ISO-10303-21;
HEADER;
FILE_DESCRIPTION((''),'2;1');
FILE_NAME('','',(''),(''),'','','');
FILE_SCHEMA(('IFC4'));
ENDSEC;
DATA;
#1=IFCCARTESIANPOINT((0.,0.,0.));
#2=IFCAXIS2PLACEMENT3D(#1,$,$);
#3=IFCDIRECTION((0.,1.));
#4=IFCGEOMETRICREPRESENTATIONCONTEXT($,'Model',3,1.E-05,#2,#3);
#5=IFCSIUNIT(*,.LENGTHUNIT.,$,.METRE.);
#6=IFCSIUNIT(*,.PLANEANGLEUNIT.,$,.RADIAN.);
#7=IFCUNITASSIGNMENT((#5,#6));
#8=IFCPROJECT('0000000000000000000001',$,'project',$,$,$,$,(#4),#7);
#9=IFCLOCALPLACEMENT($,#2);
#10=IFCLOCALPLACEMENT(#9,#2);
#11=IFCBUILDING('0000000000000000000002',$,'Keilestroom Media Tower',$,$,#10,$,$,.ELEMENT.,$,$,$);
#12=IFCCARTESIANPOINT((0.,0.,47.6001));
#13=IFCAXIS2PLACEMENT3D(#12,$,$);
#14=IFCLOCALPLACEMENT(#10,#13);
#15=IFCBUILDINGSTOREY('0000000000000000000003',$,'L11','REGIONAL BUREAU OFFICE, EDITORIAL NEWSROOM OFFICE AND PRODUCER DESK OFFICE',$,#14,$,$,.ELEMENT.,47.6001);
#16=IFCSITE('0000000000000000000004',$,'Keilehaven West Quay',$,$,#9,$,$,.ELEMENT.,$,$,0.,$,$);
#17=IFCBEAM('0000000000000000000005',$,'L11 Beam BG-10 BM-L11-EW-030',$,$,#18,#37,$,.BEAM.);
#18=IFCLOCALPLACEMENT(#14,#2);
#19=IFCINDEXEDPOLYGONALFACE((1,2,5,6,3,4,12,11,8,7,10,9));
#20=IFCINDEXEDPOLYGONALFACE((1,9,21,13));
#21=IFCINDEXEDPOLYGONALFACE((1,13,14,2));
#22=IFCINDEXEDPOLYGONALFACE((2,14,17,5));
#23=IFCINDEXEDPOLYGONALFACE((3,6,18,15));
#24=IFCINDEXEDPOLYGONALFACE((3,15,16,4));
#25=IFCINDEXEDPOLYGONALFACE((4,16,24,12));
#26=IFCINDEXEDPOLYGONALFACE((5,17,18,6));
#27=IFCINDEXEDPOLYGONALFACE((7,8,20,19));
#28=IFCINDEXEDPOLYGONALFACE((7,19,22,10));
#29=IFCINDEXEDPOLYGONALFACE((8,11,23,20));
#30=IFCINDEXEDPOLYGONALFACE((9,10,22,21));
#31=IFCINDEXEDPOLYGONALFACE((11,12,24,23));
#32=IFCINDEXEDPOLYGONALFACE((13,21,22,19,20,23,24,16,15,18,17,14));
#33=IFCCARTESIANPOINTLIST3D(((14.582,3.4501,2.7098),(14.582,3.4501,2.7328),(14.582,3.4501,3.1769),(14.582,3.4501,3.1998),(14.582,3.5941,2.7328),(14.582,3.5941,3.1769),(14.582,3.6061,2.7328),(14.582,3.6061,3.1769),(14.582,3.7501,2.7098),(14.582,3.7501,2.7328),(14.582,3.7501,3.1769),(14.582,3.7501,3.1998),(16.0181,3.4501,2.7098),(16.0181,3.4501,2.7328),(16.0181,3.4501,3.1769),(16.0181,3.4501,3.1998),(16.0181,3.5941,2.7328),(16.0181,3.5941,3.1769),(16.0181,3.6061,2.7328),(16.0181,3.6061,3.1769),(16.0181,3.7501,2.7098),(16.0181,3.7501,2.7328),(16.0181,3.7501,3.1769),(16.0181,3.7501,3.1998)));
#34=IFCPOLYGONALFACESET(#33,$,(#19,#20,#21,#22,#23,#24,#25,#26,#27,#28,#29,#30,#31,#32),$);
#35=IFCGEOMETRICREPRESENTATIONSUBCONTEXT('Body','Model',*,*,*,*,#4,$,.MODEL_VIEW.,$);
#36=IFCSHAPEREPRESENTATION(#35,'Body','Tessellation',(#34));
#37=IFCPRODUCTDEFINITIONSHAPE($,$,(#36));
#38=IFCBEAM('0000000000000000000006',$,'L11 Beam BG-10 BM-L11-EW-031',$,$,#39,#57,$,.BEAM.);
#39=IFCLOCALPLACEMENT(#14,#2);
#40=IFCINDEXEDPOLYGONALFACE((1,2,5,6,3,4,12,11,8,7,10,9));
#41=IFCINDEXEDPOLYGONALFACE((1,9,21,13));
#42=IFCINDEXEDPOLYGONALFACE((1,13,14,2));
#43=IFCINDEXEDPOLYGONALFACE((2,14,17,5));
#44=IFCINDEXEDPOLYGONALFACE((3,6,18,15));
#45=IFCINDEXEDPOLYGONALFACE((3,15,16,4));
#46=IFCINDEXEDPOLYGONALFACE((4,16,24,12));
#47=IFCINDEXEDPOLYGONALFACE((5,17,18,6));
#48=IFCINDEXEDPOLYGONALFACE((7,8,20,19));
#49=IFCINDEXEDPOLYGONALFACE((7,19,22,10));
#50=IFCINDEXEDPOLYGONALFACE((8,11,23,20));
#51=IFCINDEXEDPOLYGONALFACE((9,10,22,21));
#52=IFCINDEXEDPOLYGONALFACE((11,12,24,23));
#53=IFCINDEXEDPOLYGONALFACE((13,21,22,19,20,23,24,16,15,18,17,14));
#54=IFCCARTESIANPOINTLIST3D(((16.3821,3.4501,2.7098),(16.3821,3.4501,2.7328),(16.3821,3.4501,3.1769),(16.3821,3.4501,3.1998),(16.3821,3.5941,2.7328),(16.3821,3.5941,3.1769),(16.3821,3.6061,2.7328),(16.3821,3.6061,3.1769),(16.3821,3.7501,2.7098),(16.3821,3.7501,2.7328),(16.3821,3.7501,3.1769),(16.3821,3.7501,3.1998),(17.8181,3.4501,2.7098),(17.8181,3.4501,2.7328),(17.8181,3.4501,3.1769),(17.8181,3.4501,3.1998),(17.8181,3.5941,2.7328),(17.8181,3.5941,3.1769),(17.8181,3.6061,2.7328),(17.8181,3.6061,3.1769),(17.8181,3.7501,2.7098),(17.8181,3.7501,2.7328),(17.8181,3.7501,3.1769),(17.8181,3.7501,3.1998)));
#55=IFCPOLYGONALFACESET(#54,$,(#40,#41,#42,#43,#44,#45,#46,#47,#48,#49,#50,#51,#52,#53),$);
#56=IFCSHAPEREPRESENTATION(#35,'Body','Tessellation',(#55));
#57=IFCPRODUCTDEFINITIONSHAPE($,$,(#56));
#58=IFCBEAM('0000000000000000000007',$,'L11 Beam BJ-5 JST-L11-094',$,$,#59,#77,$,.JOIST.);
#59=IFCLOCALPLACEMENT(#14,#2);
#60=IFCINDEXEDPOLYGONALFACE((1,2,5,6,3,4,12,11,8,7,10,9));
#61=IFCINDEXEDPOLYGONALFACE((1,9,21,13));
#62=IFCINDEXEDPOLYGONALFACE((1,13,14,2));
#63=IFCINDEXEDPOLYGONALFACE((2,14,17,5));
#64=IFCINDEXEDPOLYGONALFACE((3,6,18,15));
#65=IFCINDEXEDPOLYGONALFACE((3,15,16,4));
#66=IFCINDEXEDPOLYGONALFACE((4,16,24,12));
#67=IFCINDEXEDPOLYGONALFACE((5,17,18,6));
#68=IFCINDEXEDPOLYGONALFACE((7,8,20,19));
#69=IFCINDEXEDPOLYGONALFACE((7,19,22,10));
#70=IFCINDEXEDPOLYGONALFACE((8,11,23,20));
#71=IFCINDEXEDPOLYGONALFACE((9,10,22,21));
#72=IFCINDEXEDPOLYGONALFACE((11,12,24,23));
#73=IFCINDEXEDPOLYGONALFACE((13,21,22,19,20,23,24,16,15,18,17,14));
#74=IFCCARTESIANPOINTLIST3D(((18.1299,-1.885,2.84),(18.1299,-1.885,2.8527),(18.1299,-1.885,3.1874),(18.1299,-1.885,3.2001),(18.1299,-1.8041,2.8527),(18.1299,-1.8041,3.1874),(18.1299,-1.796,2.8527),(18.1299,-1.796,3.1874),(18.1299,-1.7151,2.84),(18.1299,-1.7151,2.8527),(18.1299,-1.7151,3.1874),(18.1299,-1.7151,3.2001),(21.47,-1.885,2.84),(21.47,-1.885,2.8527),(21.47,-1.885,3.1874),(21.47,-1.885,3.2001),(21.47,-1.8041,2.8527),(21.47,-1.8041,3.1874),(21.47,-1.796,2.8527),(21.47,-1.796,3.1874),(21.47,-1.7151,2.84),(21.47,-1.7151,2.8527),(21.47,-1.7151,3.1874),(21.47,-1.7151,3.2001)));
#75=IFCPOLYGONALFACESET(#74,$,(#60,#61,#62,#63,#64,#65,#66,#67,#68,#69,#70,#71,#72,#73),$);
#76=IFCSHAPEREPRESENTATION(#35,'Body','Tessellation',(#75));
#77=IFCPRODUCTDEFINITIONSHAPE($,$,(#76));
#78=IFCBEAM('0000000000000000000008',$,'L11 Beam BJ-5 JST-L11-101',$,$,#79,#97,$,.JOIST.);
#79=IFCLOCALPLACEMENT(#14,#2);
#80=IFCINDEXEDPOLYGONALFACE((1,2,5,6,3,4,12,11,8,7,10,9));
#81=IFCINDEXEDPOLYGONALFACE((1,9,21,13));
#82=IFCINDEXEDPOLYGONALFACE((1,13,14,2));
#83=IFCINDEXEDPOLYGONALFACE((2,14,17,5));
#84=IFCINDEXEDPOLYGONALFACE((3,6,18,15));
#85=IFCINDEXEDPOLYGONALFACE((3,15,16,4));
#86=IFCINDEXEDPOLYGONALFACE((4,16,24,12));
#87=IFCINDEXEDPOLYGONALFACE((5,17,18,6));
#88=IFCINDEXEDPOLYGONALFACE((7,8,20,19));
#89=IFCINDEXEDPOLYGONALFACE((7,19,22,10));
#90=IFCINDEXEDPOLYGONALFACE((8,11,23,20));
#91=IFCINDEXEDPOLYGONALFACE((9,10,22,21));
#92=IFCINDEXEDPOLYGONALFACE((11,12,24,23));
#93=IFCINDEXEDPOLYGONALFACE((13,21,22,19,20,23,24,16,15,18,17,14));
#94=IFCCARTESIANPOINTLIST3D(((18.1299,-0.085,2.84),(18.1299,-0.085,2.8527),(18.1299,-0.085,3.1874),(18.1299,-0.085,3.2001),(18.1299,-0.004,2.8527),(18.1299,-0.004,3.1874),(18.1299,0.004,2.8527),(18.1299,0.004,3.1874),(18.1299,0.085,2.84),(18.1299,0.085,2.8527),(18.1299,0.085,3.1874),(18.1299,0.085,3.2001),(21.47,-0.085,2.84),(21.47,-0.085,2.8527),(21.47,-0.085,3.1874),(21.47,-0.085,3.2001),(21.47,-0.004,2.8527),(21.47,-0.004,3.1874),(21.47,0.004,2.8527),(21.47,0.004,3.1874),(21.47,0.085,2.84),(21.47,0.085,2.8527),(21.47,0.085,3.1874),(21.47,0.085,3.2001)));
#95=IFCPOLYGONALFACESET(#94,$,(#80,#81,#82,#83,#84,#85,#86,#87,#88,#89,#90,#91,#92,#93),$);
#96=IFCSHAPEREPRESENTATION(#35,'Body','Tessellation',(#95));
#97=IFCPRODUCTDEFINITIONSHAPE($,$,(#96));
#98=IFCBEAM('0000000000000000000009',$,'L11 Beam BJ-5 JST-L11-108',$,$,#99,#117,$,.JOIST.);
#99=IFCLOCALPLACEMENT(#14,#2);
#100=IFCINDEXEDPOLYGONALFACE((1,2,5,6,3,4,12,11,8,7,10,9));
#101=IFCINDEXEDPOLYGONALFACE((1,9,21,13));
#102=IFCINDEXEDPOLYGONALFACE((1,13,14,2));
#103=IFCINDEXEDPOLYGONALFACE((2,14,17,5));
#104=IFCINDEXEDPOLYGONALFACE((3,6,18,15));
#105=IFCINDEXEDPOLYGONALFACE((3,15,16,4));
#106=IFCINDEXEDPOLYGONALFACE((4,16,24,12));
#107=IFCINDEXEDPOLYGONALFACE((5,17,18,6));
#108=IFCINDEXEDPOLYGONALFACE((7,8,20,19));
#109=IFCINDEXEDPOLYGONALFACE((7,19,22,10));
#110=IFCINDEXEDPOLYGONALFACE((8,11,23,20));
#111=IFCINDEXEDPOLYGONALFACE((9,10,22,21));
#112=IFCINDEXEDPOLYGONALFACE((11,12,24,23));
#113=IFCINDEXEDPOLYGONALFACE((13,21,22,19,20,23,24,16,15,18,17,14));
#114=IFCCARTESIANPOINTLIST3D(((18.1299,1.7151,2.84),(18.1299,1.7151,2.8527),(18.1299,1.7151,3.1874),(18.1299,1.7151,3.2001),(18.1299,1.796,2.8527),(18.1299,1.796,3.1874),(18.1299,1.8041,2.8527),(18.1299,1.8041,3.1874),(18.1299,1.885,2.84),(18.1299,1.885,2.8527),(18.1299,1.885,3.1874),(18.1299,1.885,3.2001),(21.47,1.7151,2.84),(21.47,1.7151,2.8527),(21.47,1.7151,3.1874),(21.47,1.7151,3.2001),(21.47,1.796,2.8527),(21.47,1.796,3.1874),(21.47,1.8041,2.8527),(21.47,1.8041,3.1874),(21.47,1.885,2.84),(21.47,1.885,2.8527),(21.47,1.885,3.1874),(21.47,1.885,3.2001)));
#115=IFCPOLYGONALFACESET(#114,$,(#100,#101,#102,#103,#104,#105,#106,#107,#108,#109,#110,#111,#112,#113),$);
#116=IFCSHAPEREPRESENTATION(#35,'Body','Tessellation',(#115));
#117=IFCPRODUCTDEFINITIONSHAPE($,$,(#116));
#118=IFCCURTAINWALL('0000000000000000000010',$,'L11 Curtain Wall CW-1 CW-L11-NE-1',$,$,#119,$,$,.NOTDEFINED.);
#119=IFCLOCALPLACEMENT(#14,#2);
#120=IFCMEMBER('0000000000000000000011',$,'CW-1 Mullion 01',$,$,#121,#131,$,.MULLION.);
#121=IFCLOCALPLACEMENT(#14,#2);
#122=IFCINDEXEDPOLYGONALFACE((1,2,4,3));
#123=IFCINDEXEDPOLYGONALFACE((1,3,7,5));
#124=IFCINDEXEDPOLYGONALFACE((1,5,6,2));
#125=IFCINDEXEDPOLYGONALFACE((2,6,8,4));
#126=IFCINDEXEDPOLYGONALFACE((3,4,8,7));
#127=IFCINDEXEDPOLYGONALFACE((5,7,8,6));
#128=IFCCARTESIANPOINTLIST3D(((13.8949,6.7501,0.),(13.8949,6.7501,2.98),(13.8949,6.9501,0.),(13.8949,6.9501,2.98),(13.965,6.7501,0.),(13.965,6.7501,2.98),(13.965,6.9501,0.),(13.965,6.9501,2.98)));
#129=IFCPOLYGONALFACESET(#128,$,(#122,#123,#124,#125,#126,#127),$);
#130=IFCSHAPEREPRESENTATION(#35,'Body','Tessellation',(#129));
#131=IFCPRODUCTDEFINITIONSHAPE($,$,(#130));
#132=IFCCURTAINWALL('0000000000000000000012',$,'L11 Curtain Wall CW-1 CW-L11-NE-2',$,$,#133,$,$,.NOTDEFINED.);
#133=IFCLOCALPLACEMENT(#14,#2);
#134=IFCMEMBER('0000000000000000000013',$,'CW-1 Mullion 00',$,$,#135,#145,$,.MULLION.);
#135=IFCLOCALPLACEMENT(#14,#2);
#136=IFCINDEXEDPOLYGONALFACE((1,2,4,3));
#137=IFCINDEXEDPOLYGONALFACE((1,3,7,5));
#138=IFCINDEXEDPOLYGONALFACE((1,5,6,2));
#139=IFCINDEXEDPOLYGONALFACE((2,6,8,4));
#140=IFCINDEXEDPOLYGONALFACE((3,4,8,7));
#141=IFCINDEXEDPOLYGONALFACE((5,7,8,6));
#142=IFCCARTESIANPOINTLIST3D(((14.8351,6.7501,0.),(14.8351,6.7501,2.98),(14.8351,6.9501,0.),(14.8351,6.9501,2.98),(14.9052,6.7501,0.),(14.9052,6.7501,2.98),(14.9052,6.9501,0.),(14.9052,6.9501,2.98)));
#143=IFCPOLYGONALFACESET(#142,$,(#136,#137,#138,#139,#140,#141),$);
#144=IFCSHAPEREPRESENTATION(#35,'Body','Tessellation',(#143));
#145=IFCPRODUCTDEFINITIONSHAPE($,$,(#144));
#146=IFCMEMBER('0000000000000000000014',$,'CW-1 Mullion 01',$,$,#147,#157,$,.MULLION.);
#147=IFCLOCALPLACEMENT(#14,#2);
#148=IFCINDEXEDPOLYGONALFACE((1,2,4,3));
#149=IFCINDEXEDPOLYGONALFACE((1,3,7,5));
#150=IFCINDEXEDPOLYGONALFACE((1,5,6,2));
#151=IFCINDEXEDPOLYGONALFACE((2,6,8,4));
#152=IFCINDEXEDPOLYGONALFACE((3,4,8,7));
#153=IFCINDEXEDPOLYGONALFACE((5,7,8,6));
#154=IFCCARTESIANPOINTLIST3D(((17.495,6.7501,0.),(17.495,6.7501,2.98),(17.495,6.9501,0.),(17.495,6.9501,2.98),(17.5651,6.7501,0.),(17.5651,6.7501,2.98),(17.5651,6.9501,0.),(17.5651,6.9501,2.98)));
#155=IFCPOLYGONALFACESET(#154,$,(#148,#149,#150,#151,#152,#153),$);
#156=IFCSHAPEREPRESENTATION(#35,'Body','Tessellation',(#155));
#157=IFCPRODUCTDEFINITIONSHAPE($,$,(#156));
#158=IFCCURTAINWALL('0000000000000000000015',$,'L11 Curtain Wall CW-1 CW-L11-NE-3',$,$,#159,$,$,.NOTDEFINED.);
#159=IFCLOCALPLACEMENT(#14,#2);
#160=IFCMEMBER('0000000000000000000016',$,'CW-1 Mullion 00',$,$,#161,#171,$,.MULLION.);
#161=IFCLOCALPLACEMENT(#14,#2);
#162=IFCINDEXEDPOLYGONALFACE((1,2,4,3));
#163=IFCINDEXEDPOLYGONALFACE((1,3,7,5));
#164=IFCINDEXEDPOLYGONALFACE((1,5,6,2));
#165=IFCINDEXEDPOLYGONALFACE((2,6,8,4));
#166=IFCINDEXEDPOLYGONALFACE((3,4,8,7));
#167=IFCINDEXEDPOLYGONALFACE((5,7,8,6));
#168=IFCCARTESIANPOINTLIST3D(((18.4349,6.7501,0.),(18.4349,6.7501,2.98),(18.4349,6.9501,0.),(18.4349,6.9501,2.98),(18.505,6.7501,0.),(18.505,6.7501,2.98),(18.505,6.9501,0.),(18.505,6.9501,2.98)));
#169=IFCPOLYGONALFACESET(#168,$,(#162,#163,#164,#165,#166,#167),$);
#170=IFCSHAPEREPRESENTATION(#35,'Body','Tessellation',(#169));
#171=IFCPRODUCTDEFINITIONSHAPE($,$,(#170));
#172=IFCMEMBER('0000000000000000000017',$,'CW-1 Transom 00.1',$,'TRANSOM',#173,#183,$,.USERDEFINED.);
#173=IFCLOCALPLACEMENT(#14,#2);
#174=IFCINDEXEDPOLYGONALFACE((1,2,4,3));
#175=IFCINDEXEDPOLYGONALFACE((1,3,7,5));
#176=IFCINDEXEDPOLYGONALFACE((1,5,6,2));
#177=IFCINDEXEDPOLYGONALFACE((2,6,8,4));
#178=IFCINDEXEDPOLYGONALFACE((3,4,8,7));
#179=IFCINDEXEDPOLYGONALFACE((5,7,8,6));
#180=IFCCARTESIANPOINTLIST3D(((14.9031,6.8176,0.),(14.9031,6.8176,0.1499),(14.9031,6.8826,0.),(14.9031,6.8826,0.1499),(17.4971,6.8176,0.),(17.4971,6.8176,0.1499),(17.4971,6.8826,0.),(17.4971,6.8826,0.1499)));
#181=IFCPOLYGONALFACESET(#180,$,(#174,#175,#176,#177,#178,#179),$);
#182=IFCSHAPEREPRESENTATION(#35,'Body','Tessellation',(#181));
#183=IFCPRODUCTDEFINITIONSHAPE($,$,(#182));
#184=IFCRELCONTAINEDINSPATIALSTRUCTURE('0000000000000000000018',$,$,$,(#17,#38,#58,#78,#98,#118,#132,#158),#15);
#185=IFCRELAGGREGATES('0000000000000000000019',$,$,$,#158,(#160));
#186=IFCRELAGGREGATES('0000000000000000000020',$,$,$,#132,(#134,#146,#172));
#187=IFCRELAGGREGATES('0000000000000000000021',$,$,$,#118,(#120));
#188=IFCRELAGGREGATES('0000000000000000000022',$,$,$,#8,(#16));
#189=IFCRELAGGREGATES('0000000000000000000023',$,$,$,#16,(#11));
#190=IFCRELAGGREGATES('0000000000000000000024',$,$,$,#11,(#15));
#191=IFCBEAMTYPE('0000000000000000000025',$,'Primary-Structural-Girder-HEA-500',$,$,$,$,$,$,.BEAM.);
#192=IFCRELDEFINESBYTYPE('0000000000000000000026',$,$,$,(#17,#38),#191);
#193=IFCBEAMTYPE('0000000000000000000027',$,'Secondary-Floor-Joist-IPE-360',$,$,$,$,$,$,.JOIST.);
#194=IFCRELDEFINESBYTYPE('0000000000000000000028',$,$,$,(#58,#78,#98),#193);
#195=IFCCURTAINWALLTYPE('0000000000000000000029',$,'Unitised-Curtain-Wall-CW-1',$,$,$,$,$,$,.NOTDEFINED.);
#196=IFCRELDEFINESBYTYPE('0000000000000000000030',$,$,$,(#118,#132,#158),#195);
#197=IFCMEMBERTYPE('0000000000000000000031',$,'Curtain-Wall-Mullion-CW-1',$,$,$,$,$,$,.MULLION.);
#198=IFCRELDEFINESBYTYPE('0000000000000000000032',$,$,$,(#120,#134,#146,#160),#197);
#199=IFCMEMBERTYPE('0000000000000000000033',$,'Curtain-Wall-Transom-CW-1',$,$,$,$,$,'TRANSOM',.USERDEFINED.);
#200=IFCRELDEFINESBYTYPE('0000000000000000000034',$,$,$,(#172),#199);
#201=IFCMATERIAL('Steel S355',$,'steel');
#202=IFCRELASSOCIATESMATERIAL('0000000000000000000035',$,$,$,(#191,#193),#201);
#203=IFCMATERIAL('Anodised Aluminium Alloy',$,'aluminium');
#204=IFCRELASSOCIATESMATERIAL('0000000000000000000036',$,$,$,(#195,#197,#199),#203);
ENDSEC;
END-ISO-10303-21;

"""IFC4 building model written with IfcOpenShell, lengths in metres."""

from ifc_helpers import new_model, si_unit, direction, frame, origin, origin_2d, place, context, subcontext, project, spatial, rectangle, i_section, extrude, source, transform, mapped, material, material_profile, profile_set, type_object, element, aggregate, save


model = new_model("IFC4")

# Units and contexts
model_context = context("Model", 3, precision=1e-05, world=origin(), true_north=direction((0.0, 1.0)))
body_context = subcontext(model_context, "Body", "Model", "MODEL_VIEW")
ifc_project = project(units=[si_unit("LENGTHUNIT", "METRE"), si_unit("PLANEANGLEUNIT", "RADIAN")], contexts=[model_context])

# Site, building, storey
site_placement = place(None, origin())
site = spatial("IfcSite", under=ifc_project, at=site_placement, Name="Keilehaven West Quay", CompositionType="ELEMENT", RefElevation=0.0)
building_placement = place(site_placement, origin())
building = spatial("IfcBuilding", under=site, at=building_placement, Name="Keilestroom Media Tower", CompositionType="ELEMENT")
storey_placement = place(building_placement, frame((0.0, 0.0, 47.6001)))
storey = spatial("IfcBuildingStorey", under=building, at=storey_placement, Name="L11", Description="REGIONAL BUREAU OFFICE, EDITORIAL NEWSROOM OFFICE AND PRODUCER DESK OFFICE", CompositionType="ELEMENT", Elevation=47.6001)

# Beams
ifc_material_1 = material(Name="Steel S355", Category="steel")
ifc_material_profile_1 = material_profile(ifc_material_1, i_section(OverallWidth=0.3, OverallDepth=0.49, WebThickness=0.012, FlangeThickness=0.0229, at=origin_2d()), Name="HEA 500")
ifc_profile_set_1 = profile_set([ifc_material_profile_1], Name="Steel S355")
beam_type_1 = type_object("IfcBeamType", Name="Primary-Structural-Girder-HEA-500", PredefinedType="BEAM", material=ifc_profile_set_1)
shared_shape_1 = source(origin(), body_context, "Body", "SweptSolid", [
    extrude(i_section(OverallWidth=0.3, OverallDepth=0.49, WebThickness=0.012, FlangeThickness=0.0229, at=origin_2d()), origin(), (0.0, 0.0, 1.0), 1.436),
])
for number, where, z_axis, x_axis, name in (
    (1, (14.582, 3.6001, 2.9548), (1.0, 0.0, 0.0), (0.0, 1.0, 0.0), "L11 Beam BG-10 BM-L11-EW-030"),
    (2, (16.3821, 3.6001, 2.9548), (1.0, 0.0, 0.0), (0.0, 1.0, 0.0), "L11 Beam BG-10 BM-L11-EW-031"),
):
    element("IfcBeam", number, at=place(storey_placement, frame(where, z_axis=z_axis, x_axis=x_axis)), inside=storey, type_object=beam_type_1, Name=name, PredefinedType="BEAM", context=body_context, shape_type="MappedRepresentation", body=[
        mapped(shared_shape_1, transform((0.0, 0.0, 0.0), x_axis=(1.0, 0.0, 0.0), y_axis=(0.0, 1.0, 0.0), z_axis=(0.0, 0.0, 1.0), scale=1.0)),
    ])
ifc_material_profile_2 = material_profile(ifc_material_1, i_section(OverallWidth=0.1699, OverallDepth=0.3601, WebThickness=0.0081, FlangeThickness=0.0127, at=origin_2d()), Name="IPE 360")
ifc_profile_set_2 = profile_set([ifc_material_profile_2], Name="Steel S355")
beam_type_2 = type_object("IfcBeamType", Name="Secondary-Floor-Joist-IPE-360", PredefinedType="JOIST", material=ifc_profile_set_2)
shared_shape_2 = source(origin(), body_context, "Body", "SweptSolid", [
    extrude(i_section(OverallWidth=0.1699, OverallDepth=0.3601, WebThickness=0.0081, FlangeThickness=0.0127, at=origin_2d()), origin(), (0.0, 0.0, 1.0), 3.3401),
])
for number, where, z_axis, x_axis, name in (
    (3, (18.1299, -1.8, 3.02), (1.0, 0.0, 0.0), (0.0, 1.0, 0.0), "L11 Beam BJ-5 JST-L11-094"),
    (4, (18.1299, 0.0, 3.02), (1.0, 0.0, 0.0), (0.0, 1.0, 0.0), "L11 Beam BJ-5 JST-L11-101"),
    (5, (18.1299, 1.8, 3.02), (1.0, 0.0, 0.0), (0.0, 1.0, 0.0), "L11 Beam BJ-5 JST-L11-108"),
):
    element("IfcBeam", number, at=place(storey_placement, frame(where, z_axis=z_axis, x_axis=x_axis)), inside=storey, type_object=beam_type_2, Name=name, PredefinedType="JOIST", context=body_context, shape_type="MappedRepresentation", body=[
        mapped(shared_shape_2, transform((0.0, 0.0, 0.0), x_axis=(1.0, 0.0, 0.0), y_axis=(0.0, 1.0, 0.0), z_axis=(0.0, 0.0, 1.0), scale=1.0)),
    ])

# Curtain wall, member
ifc_material_2 = material(Name="Anodised Aluminium Alloy", Category="aluminium")
curtain_wall_type = type_object("IfcCurtainWallType", Name="Unitised-Curtain-Wall-CW-1", PredefinedType="NOTDEFINED", material=ifc_material_2)
curtain_wall_1_placement = place(storey_placement, origin())
curtain_wall_1 = element("IfcCurtainWall", 6, at=curtain_wall_1_placement, inside=storey, type_object=curtain_wall_type, Name="L11 Curtain Wall CW-1 CW-L11-NE-1", PredefinedType="NOTDEFINED")
ifc_material_profile_3 = material_profile(ifc_material_2, rectangle(XDim=0.0701, YDim=0.2, at=origin_2d()), Name="ALU MULLION 70x200")
ifc_profile_set_3 = profile_set([ifc_material_profile_3], Name="Anodised Aluminium Alloy")
member_type_1 = type_object("IfcMemberType", Name="Curtain-Wall-Mullion-CW-1", PredefinedType="MULLION", material=ifc_profile_set_3)
shared_shape_3 = source(origin(), body_context, "Body", "SweptSolid", [
    extrude(rectangle(XDim=0.0701, YDim=0.2, at=origin_2d()), origin(), (0.0, 0.0, 1.0), 2.98),
])
member_1_placement = place(storey_placement, frame((13.9299, 6.8501, 0.0), z_axis=(0.0, 0.0, 1.0), x_axis=(1.0, 0.0, 0.0)))
member_1 = element("IfcMember", 7, at=member_1_placement, type_object=member_type_1, Name="CW-1 Mullion 01", PredefinedType="MULLION", context=body_context, shape_type="MappedRepresentation", body=[
    mapped(shared_shape_3, transform((0.0, 0.0, 0.0), x_axis=(1.0, 0.0, 0.0), y_axis=(0.0, 1.0, 0.0), z_axis=(0.0, 0.0, 1.0), scale=1.0)),
])

# Curtain wall, members
curtain_wall_2_placement = place(storey_placement, origin())
curtain_wall_2 = element("IfcCurtainWall", 8, at=curtain_wall_2_placement, inside=storey, type_object=curtain_wall_type, Name="L11 Curtain Wall CW-1 CW-L11-NE-2", PredefinedType="NOTDEFINED")
member_2_placement = place(storey_placement, frame((14.8701, 6.8501, 0.0), z_axis=(0.0, 0.0, 1.0), x_axis=(1.0, 0.0, 0.0)))
member_2 = element("IfcMember", 9, at=member_2_placement, type_object=member_type_1, Name="CW-1 Mullion 00", PredefinedType="MULLION", context=body_context, shape_type="MappedRepresentation", body=[
    mapped(shared_shape_3, transform((0.0, 0.0, 0.0), x_axis=(1.0, 0.0, 0.0), y_axis=(0.0, 1.0, 0.0), z_axis=(0.0, 0.0, 1.0), scale=1.0)),
])
member_3_placement = place(storey_placement, frame((17.53, 6.8501, 0.0), z_axis=(0.0, 0.0, 1.0), x_axis=(1.0, 0.0, 0.0)))
member_3 = element("IfcMember", 10, at=member_3_placement, type_object=member_type_1, Name="CW-1 Mullion 01", PredefinedType="MULLION", context=body_context, shape_type="MappedRepresentation", body=[
    mapped(shared_shape_3, transform((0.0, 0.0, 0.0), x_axis=(1.0, 0.0, 0.0), y_axis=(0.0, 1.0, 0.0), z_axis=(0.0, 0.0, 1.0), scale=1.0)),
])

# Curtain wall, member
curtain_wall_3_placement = place(storey_placement, origin())
curtain_wall_3 = element("IfcCurtainWall", 11, at=curtain_wall_3_placement, inside=storey, type_object=curtain_wall_type, Name="L11 Curtain Wall CW-1 CW-L11-NE-3", PredefinedType="NOTDEFINED")
member_4_placement = place(storey_placement, frame((18.47, 6.8501, 0.0), z_axis=(0.0, 0.0, 1.0), x_axis=(1.0, 0.0, 0.0)))
member_4 = element("IfcMember", 12, at=member_4_placement, type_object=member_type_1, Name="CW-1 Mullion 00", PredefinedType="MULLION", context=body_context, shape_type="MappedRepresentation", body=[
    mapped(shared_shape_3, transform((0.0, 0.0, 0.0), x_axis=(1.0, 0.0, 0.0), y_axis=(0.0, 1.0, 0.0), z_axis=(0.0, 0.0, 1.0), scale=1.0)),
])
aggregate(curtain_wall_3, [member_4])

# Member
ifc_material_profile_4 = material_profile(ifc_material_2, rectangle(XDim=0.0649, YDim=0.1499, at=origin_2d()), Name="ALU TRANSOM 65x150")
ifc_profile_set_4 = profile_set([ifc_material_profile_4], Name="Anodised Aluminium Alloy")
member_type_2 = type_object("IfcMemberType", Name="Curtain-Wall-Transom-CW-1", ElementType="TRANSOM", PredefinedType="USERDEFINED", material=ifc_profile_set_4)
shared_shape_4 = source(origin(), body_context, "Body", "SweptSolid", [
    extrude(rectangle(XDim=0.0649, YDim=0.1499, at=origin_2d()), origin(), (0.0, 0.0, 1.0), 2.594),
])
member_5_placement = place(storey_placement, frame((14.9031, 6.8501, 0.075), z_axis=(1.0, 0.0, 0.0), x_axis=(0.0, 1.0, 0.0)))
member_5 = element("IfcMember", 13, at=member_5_placement, type_object=member_type_2, Name="CW-1 Transom 00.1", ObjectType="TRANSOM", PredefinedType="USERDEFINED", context=body_context, shape_type="MappedRepresentation", body=[
    mapped(shared_shape_4, transform((0.0, 0.0, 0.0), x_axis=(1.0, 0.0, 0.0), y_axis=(0.0, 1.0, 0.0), z_axis=(0.0, 0.0, 1.0), scale=1.0)),
])

aggregate(curtain_wall_2, [member_2, member_3, member_5])
aggregate(curtain_wall_1, [member_1])

save(model, "model.ifc")
